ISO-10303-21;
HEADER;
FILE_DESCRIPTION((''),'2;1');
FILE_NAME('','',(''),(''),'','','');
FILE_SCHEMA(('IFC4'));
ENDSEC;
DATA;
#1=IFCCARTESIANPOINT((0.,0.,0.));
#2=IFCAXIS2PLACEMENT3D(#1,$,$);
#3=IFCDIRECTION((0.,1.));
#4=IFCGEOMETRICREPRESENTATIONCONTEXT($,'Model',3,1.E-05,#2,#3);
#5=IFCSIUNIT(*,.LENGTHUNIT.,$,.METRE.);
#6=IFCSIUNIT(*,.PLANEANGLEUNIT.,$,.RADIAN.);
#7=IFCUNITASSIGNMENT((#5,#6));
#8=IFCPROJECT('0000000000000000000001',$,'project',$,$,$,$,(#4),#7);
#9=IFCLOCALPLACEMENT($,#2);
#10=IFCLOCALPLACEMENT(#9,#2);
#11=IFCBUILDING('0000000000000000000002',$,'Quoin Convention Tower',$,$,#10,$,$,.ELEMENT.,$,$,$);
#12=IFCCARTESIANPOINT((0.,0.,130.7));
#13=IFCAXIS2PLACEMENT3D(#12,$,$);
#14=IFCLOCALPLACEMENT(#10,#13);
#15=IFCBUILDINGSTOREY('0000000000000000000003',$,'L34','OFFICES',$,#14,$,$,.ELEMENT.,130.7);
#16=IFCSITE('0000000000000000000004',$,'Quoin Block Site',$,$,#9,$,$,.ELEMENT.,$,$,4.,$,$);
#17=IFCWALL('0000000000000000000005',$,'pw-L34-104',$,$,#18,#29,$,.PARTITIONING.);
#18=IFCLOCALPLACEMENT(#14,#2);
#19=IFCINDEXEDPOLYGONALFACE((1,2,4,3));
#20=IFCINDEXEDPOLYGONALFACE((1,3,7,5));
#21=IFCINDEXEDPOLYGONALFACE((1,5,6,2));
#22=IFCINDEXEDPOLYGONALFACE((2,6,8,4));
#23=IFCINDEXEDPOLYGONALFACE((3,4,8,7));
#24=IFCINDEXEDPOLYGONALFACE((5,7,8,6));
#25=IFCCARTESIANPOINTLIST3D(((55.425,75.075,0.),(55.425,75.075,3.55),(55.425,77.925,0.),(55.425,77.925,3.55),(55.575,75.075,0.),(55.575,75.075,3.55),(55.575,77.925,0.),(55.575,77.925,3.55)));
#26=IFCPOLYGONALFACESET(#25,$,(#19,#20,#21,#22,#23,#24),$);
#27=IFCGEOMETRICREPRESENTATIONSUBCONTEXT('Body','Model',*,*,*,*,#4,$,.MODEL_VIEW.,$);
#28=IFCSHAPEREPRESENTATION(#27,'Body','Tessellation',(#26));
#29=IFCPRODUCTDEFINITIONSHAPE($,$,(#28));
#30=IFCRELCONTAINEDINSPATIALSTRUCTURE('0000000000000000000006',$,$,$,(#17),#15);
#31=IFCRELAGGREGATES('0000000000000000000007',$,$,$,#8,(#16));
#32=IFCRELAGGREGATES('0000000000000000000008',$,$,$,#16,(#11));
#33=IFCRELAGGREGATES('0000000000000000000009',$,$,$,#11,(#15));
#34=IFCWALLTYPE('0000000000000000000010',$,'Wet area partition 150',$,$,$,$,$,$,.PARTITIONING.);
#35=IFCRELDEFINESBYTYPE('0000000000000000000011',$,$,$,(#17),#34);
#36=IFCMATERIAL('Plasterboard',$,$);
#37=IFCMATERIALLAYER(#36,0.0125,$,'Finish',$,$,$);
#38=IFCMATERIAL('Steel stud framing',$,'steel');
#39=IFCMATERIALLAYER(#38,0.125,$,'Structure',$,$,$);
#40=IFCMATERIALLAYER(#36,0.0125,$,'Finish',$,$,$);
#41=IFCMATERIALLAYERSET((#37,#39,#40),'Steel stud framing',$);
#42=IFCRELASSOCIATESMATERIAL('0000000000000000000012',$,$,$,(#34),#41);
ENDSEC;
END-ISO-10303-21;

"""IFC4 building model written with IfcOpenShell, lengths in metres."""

from ifc_helpers import new_model, si_unit, direction, frame, frame_2d, origin, place, context, subcontext, project, spatial, rectangle, extrude, material, layer, layer_set, type_object, element, save


model = new_model("IFC4")

# Units and contexts
model_context = context("Model", 3, precision=1e-05, world=origin(), true_north=direction((0.0, 1.0)))
body_context = subcontext(model_context, "Body", "Model", "MODEL_VIEW")
ifc_project = project(units=[si_unit("LENGTHUNIT", "METRE"), si_unit("PLANEANGLEUNIT", "RADIAN")], contexts=[model_context])

# Site, building, storey
site_placement = place(None, origin())
site = spatial("IfcSite", under=ifc_project, at=site_placement, Name="Quoin Block Site", CompositionType="ELEMENT", RefElevation=4.0)
building_placement = place(site_placement, origin())
building = spatial("IfcBuilding", under=site, at=building_placement, Name="Quoin Convention Tower", CompositionType="ELEMENT")
storey_placement = place(building_placement, frame((0.0, 0.0, 130.7)))
storey = spatial("IfcBuildingStorey", under=building, at=storey_placement, Name="L34", Description="OFFICES", CompositionType="ELEMENT", Elevation=130.7)

# Shared definitions
ifc_material_1 = material(Name="Plasterboard")
ifc_material_2 = material(Name="Steel stud framing", Category="steel")

# Shared definitions
ifc_layer_1 = layer(ifc_material_1, 0.0125, Name="Finish")
ifc_layer_2 = layer(ifc_material_2, 0.125, Name="Structure")
ifc_layer_3 = layer(ifc_material_1, 0.0125, Name="Finish")
ifc_layer_set_1 = layer_set([ifc_layer_1, ifc_layer_2, ifc_layer_3], Name="Steel stud framing")
wall_type_1 = type_object("IfcWallType", Name="Wet area partition 150", PredefinedType="PARTITIONING", material=ifc_layer_set_1)

# Wall
wall_1_placement = place(storey_placement, frame((55.5, 75.075, 0.0), z_axis=(0.0, 0.0, 1.0), x_axis=(0.0, 1.0, 0.0)))
element("IfcWall", 1, at=wall_1_placement, inside=storey, type_object=wall_type_1, Name="pw-L34-104", PredefinedType="PARTITIONING", context=body_context, shape_type="SweptSolid", body=[
    extrude(rectangle(XDim=2.8501, YDim=0.1499, at=frame_2d((1.425, 0.0))), origin(), (0.0, 0.0, 1.0), 3.55),
])

save(model, "model.ifc")
